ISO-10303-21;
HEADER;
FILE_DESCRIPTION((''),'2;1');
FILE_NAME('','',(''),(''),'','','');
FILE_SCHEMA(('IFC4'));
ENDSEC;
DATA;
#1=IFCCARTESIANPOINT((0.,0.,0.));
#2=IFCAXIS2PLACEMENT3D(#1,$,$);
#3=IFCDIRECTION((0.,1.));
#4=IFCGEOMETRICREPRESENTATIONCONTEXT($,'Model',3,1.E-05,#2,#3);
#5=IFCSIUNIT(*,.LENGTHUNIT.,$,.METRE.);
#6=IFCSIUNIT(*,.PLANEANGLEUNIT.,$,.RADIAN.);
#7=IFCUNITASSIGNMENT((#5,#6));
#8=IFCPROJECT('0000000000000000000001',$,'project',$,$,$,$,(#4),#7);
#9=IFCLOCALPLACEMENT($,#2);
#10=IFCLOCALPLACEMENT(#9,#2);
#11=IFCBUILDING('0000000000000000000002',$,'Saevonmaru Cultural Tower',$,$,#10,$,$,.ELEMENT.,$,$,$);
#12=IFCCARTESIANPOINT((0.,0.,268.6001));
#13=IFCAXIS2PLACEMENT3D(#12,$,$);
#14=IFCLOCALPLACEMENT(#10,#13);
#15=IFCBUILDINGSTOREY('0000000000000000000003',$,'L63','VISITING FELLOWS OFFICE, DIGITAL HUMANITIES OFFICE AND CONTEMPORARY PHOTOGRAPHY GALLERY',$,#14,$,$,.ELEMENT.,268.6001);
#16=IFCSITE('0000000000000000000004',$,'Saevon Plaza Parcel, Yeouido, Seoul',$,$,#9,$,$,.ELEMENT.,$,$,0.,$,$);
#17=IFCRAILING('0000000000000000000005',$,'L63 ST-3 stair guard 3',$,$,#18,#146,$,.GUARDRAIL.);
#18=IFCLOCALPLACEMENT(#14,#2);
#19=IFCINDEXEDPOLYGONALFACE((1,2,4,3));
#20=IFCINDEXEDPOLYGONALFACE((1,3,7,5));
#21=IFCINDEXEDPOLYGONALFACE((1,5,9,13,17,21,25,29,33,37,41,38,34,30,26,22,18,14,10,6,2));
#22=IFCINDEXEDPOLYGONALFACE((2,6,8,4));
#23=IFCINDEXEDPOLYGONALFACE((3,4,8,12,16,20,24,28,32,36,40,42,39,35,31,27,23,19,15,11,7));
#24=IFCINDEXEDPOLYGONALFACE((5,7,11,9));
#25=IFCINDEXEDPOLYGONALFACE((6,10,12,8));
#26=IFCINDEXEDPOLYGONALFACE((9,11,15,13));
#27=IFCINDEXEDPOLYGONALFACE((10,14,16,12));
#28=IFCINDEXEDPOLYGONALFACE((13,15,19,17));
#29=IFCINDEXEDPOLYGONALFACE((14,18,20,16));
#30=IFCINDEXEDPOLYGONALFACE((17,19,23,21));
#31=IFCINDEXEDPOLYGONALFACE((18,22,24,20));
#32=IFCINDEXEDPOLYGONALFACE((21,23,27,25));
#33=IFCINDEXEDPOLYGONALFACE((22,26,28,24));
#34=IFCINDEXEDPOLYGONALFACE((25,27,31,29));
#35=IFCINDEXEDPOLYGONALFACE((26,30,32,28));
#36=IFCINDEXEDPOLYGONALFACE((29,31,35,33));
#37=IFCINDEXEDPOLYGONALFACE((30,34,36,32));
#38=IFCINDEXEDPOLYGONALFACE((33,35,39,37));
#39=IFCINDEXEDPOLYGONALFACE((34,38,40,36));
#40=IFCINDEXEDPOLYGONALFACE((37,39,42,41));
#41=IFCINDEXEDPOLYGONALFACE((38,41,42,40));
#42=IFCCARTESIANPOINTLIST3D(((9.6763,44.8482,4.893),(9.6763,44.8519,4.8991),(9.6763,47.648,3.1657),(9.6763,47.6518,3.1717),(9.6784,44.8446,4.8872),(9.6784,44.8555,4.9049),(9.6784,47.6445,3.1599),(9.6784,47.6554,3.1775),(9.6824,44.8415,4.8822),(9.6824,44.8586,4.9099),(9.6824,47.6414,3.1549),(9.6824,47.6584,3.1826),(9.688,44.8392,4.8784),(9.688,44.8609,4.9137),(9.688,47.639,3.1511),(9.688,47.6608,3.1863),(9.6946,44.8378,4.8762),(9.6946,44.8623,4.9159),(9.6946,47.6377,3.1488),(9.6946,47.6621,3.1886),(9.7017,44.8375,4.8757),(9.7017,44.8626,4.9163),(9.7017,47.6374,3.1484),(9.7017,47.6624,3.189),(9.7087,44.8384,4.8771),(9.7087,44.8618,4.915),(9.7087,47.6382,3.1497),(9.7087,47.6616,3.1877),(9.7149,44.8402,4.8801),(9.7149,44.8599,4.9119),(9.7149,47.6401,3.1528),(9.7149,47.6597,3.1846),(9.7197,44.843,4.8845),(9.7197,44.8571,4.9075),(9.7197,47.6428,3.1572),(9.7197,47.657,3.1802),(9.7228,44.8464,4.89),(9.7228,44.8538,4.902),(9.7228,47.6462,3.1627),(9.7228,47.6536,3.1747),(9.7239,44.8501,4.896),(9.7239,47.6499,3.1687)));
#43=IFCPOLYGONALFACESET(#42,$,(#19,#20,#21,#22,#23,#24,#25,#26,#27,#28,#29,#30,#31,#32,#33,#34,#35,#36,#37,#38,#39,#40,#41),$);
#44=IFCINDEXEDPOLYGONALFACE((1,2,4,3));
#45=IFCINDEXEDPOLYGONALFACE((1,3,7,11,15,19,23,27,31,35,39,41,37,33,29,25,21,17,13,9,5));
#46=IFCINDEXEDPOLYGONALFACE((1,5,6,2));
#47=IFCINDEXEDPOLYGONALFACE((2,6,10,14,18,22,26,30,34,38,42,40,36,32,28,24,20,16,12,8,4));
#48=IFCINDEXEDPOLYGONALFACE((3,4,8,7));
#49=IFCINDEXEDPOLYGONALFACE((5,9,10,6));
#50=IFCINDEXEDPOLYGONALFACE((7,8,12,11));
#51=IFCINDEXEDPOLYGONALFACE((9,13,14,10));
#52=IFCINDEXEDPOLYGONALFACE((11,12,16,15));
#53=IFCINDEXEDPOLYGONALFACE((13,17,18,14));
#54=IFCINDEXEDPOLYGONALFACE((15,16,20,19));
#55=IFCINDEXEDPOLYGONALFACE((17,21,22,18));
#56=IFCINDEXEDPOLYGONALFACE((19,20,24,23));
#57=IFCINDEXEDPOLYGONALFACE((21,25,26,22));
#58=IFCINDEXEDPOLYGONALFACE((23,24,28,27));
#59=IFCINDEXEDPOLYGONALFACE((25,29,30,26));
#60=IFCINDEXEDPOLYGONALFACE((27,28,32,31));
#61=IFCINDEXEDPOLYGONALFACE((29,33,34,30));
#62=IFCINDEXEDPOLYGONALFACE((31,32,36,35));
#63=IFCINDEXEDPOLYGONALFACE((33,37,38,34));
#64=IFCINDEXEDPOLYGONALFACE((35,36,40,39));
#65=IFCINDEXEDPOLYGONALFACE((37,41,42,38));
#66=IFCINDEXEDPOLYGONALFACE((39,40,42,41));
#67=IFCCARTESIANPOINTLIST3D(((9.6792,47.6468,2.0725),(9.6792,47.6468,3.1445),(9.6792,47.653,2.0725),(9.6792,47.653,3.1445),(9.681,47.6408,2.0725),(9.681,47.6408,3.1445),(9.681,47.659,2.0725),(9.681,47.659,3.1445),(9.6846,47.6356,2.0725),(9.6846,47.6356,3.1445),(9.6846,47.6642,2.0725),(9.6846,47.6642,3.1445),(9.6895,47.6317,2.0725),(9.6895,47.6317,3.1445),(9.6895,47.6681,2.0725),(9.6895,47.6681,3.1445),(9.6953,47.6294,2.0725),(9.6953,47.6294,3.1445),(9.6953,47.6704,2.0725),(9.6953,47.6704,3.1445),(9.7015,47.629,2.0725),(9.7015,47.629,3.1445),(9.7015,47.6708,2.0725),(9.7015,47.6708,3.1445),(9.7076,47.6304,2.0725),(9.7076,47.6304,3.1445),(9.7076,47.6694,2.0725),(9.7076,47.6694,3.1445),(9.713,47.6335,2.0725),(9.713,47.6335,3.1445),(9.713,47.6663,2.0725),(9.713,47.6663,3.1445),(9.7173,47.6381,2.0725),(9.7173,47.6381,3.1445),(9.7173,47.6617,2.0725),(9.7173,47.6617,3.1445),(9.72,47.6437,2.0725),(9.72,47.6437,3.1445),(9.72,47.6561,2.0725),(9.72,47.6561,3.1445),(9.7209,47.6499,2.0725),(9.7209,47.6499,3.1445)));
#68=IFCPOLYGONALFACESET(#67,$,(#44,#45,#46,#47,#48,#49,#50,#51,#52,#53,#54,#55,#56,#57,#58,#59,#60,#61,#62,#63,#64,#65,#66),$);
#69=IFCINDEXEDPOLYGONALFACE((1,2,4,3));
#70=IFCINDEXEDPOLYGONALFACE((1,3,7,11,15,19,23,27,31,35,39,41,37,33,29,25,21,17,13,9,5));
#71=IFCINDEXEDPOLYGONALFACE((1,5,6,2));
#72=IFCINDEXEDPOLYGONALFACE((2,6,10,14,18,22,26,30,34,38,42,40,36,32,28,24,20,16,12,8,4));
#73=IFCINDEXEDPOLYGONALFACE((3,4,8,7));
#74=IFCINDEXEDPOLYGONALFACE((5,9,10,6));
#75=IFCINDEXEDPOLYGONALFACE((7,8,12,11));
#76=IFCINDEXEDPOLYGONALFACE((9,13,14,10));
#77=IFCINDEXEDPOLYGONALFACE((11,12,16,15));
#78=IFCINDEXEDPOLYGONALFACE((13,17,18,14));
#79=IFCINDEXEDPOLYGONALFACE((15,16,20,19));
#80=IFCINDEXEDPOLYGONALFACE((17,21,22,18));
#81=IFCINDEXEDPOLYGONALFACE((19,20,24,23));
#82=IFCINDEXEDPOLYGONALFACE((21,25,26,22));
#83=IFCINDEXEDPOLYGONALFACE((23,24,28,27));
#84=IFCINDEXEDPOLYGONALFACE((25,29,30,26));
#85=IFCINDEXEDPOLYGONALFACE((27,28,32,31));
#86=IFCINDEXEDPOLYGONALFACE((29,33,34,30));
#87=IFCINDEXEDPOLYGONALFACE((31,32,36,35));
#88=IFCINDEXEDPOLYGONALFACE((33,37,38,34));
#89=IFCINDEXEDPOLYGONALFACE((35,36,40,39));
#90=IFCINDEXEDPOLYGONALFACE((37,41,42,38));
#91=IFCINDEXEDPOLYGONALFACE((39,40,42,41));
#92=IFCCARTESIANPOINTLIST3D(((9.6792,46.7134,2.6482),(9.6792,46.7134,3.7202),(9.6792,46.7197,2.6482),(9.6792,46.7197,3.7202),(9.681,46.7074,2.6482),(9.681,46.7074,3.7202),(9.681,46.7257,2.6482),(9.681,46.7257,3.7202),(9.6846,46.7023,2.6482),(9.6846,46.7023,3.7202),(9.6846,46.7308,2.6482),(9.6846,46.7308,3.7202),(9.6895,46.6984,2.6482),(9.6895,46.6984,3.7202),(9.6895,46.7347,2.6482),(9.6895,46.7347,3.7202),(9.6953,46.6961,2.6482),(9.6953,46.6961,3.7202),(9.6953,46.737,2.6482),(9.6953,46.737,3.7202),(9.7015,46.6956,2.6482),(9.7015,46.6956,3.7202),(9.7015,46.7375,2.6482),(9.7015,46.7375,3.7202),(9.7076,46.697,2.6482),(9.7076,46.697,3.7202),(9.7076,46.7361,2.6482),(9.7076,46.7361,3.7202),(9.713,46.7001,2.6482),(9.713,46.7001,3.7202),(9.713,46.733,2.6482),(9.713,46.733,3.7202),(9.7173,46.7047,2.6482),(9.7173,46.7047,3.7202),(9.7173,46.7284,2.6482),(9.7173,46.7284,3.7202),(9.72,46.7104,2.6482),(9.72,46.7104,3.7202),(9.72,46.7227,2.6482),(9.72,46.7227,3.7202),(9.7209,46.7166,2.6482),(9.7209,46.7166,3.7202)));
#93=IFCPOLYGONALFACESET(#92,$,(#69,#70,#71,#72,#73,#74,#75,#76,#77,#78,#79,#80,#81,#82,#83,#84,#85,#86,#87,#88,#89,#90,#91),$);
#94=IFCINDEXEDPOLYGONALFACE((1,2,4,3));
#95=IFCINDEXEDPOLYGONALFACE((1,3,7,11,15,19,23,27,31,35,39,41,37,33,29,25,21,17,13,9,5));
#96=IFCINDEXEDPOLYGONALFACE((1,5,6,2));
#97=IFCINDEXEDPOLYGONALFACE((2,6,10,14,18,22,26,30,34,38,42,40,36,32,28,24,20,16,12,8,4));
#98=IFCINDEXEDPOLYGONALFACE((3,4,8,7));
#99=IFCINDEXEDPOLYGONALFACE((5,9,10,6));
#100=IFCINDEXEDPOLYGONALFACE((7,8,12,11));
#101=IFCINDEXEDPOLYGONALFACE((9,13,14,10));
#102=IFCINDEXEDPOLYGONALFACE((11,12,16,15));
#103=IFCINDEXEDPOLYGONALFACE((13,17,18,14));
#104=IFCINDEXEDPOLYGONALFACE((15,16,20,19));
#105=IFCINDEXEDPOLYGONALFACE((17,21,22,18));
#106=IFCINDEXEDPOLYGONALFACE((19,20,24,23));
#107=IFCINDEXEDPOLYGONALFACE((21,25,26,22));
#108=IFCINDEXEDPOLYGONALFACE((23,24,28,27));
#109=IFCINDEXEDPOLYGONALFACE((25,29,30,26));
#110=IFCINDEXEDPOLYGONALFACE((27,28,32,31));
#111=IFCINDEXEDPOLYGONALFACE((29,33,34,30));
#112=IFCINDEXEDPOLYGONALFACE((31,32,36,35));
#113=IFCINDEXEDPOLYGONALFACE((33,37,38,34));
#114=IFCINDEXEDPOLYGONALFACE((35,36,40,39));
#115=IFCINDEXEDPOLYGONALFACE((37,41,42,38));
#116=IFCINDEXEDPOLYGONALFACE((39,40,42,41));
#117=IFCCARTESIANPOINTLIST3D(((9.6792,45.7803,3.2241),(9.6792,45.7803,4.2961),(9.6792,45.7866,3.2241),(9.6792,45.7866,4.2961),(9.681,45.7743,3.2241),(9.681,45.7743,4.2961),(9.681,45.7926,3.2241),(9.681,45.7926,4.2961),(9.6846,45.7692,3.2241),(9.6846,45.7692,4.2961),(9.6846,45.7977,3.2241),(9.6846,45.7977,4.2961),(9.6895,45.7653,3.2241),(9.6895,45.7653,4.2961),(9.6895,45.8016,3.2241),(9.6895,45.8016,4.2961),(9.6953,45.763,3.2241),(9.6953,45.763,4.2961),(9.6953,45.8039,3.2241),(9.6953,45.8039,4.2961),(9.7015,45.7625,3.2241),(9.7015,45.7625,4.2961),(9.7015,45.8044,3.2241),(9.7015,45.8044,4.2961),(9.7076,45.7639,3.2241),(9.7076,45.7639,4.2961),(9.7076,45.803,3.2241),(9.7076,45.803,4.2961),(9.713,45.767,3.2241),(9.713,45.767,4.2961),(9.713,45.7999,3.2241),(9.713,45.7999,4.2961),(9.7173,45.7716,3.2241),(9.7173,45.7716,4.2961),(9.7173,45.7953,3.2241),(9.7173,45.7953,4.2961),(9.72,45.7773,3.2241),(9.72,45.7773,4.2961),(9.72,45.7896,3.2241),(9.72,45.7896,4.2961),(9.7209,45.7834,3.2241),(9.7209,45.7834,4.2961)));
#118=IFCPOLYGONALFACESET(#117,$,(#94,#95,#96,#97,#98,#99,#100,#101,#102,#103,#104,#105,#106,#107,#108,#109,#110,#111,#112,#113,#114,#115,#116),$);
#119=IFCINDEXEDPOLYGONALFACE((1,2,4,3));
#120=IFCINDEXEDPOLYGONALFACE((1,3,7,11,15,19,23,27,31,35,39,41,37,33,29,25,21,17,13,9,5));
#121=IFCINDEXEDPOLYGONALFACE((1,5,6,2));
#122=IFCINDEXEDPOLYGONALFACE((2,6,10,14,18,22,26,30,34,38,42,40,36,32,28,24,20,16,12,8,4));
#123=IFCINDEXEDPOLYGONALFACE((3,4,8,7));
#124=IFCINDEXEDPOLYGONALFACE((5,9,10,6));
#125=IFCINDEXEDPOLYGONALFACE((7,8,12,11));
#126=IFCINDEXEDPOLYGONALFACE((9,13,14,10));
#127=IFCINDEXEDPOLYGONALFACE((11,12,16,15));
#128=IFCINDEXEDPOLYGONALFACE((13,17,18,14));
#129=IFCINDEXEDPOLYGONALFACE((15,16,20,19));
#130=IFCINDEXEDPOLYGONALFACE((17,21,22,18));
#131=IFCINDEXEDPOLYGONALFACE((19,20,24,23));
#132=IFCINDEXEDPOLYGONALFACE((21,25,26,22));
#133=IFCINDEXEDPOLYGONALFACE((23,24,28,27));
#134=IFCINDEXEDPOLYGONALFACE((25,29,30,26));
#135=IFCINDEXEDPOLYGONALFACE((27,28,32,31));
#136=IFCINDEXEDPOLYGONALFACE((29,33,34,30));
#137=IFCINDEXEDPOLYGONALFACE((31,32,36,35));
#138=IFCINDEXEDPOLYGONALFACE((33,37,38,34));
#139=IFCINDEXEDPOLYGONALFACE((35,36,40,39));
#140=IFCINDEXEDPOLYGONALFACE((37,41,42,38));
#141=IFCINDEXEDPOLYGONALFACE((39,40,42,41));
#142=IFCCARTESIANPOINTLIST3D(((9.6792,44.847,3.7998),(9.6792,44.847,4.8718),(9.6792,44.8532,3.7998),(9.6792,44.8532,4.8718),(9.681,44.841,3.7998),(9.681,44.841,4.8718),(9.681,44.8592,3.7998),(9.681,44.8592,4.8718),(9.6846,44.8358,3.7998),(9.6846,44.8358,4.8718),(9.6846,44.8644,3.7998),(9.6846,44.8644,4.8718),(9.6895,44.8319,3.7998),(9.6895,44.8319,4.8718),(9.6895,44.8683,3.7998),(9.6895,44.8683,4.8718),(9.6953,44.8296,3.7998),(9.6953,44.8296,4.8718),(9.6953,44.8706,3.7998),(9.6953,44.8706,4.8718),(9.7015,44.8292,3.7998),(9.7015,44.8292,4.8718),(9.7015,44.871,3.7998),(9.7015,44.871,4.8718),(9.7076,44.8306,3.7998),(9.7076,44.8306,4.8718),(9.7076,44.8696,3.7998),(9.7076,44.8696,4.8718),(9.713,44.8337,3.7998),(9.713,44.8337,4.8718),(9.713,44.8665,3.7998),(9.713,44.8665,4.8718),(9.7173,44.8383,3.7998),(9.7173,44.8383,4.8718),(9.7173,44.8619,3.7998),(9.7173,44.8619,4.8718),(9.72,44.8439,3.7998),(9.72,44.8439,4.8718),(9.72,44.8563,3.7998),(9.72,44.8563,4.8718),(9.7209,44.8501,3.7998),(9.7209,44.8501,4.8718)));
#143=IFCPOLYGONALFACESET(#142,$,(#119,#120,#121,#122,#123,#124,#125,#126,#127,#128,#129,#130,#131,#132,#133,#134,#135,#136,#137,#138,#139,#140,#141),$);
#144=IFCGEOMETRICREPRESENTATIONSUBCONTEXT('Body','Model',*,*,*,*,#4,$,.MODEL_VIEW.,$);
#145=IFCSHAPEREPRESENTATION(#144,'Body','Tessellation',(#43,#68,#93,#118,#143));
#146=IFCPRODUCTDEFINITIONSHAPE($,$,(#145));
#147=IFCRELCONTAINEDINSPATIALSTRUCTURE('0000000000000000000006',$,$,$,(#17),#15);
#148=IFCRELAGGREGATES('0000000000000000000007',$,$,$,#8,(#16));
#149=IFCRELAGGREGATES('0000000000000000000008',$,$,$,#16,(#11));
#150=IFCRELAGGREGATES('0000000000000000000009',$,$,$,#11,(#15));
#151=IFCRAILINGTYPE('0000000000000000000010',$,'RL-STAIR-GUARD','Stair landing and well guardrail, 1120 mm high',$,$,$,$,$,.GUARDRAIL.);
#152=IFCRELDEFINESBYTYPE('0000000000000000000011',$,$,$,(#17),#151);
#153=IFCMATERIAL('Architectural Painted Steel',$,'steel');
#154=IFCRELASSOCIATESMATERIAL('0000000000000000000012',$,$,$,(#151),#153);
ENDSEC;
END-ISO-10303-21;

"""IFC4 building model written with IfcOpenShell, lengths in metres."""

from ifc_helpers import new_model, si_unit, direction, frame, origin, origin_2d, place, context, subcontext, project, spatial, circle, extrude, material, type_object, element, save


model = new_model("IFC4")

# Units and contexts
model_context = context("Model", 3, precision=1e-05, world=origin(), true_north=direction((0.0, 1.0)))
body_context = subcontext(model_context, "Body", "Model", "MODEL_VIEW")
ifc_project = project(units=[si_unit("LENGTHUNIT", "METRE"), si_unit("PLANEANGLEUNIT", "RADIAN")], contexts=[model_context])

# Site, building, storey
site_placement = place(None, origin())
site = spatial("IfcSite", under=ifc_project, at=site_placement, Name="Saevon Plaza Parcel, Yeouido, Seoul", CompositionType="ELEMENT", RefElevation=0.0)
building_placement = place(site_placement, origin())
building = spatial("IfcBuilding", under=site, at=building_placement, Name="Saevonmaru Cultural Tower", CompositionType="ELEMENT")
storey_placement = place(building_placement, frame((0.0, 0.0, 268.6001)))
storey = spatial("IfcBuildingStorey", under=building, at=storey_placement, Name="L63", Description="VISITING FELLOWS OFFICE, DIGITAL HUMANITIES OFFICE AND CONTEMPORARY PHOTOGRAPHY GALLERY", CompositionType="ELEMENT", Elevation=268.6001)

# Railing
ifc_material_1 = material(Name="Architectural Painted Steel", Category="steel")
railing_type_1 = type_object("IfcRailingType", Name="RL-STAIR-GUARD", Description="Stair landing and well guardrail, 1120 mm high", PredefinedType="GUARDRAIL", material=ifc_material_1)
railing_1_placement = place(storey_placement, frame((9.7, 47.6499, 2.0725)))
element("IfcRailing", 1, at=railing_1_placement, inside=storey, type_object=railing_type_1, Name="L63 ST-3 stair guard 3", PredefinedType="GUARDRAIL", context=body_context, shape_type="SweptSolid", body=[
    extrude(circle(Radius=0.0239, at=origin_2d()), frame((0.0, 0.0, 1.0962), z_axis=(0.0, -0.851069, 0.525054), x_axis=(1.0, 0.0, 0.0)), (0.0, 0.0, 1.0), 3.2898),
    extrude(circle(Radius=0.021, at=origin_2d()), origin(), (0.0, 0.0, 1.0), 1.072),
    extrude(circle(Radius=0.021, at=origin_2d()), frame((0.0, -0.9333, 0.5757)), (0.0, 0.0, 1.0), 1.072),
    extrude(circle(Radius=0.021, at=origin_2d()), frame((0.0, -1.8665, 1.1516)), (0.0, 0.0, 1.0), 1.072),
    extrude(circle(Radius=0.021, at=origin_2d()), frame((0.0, -2.7998, 1.7273)), (0.0, 0.0, 1.0), 1.072),
])

save(model, "model.ifc")
